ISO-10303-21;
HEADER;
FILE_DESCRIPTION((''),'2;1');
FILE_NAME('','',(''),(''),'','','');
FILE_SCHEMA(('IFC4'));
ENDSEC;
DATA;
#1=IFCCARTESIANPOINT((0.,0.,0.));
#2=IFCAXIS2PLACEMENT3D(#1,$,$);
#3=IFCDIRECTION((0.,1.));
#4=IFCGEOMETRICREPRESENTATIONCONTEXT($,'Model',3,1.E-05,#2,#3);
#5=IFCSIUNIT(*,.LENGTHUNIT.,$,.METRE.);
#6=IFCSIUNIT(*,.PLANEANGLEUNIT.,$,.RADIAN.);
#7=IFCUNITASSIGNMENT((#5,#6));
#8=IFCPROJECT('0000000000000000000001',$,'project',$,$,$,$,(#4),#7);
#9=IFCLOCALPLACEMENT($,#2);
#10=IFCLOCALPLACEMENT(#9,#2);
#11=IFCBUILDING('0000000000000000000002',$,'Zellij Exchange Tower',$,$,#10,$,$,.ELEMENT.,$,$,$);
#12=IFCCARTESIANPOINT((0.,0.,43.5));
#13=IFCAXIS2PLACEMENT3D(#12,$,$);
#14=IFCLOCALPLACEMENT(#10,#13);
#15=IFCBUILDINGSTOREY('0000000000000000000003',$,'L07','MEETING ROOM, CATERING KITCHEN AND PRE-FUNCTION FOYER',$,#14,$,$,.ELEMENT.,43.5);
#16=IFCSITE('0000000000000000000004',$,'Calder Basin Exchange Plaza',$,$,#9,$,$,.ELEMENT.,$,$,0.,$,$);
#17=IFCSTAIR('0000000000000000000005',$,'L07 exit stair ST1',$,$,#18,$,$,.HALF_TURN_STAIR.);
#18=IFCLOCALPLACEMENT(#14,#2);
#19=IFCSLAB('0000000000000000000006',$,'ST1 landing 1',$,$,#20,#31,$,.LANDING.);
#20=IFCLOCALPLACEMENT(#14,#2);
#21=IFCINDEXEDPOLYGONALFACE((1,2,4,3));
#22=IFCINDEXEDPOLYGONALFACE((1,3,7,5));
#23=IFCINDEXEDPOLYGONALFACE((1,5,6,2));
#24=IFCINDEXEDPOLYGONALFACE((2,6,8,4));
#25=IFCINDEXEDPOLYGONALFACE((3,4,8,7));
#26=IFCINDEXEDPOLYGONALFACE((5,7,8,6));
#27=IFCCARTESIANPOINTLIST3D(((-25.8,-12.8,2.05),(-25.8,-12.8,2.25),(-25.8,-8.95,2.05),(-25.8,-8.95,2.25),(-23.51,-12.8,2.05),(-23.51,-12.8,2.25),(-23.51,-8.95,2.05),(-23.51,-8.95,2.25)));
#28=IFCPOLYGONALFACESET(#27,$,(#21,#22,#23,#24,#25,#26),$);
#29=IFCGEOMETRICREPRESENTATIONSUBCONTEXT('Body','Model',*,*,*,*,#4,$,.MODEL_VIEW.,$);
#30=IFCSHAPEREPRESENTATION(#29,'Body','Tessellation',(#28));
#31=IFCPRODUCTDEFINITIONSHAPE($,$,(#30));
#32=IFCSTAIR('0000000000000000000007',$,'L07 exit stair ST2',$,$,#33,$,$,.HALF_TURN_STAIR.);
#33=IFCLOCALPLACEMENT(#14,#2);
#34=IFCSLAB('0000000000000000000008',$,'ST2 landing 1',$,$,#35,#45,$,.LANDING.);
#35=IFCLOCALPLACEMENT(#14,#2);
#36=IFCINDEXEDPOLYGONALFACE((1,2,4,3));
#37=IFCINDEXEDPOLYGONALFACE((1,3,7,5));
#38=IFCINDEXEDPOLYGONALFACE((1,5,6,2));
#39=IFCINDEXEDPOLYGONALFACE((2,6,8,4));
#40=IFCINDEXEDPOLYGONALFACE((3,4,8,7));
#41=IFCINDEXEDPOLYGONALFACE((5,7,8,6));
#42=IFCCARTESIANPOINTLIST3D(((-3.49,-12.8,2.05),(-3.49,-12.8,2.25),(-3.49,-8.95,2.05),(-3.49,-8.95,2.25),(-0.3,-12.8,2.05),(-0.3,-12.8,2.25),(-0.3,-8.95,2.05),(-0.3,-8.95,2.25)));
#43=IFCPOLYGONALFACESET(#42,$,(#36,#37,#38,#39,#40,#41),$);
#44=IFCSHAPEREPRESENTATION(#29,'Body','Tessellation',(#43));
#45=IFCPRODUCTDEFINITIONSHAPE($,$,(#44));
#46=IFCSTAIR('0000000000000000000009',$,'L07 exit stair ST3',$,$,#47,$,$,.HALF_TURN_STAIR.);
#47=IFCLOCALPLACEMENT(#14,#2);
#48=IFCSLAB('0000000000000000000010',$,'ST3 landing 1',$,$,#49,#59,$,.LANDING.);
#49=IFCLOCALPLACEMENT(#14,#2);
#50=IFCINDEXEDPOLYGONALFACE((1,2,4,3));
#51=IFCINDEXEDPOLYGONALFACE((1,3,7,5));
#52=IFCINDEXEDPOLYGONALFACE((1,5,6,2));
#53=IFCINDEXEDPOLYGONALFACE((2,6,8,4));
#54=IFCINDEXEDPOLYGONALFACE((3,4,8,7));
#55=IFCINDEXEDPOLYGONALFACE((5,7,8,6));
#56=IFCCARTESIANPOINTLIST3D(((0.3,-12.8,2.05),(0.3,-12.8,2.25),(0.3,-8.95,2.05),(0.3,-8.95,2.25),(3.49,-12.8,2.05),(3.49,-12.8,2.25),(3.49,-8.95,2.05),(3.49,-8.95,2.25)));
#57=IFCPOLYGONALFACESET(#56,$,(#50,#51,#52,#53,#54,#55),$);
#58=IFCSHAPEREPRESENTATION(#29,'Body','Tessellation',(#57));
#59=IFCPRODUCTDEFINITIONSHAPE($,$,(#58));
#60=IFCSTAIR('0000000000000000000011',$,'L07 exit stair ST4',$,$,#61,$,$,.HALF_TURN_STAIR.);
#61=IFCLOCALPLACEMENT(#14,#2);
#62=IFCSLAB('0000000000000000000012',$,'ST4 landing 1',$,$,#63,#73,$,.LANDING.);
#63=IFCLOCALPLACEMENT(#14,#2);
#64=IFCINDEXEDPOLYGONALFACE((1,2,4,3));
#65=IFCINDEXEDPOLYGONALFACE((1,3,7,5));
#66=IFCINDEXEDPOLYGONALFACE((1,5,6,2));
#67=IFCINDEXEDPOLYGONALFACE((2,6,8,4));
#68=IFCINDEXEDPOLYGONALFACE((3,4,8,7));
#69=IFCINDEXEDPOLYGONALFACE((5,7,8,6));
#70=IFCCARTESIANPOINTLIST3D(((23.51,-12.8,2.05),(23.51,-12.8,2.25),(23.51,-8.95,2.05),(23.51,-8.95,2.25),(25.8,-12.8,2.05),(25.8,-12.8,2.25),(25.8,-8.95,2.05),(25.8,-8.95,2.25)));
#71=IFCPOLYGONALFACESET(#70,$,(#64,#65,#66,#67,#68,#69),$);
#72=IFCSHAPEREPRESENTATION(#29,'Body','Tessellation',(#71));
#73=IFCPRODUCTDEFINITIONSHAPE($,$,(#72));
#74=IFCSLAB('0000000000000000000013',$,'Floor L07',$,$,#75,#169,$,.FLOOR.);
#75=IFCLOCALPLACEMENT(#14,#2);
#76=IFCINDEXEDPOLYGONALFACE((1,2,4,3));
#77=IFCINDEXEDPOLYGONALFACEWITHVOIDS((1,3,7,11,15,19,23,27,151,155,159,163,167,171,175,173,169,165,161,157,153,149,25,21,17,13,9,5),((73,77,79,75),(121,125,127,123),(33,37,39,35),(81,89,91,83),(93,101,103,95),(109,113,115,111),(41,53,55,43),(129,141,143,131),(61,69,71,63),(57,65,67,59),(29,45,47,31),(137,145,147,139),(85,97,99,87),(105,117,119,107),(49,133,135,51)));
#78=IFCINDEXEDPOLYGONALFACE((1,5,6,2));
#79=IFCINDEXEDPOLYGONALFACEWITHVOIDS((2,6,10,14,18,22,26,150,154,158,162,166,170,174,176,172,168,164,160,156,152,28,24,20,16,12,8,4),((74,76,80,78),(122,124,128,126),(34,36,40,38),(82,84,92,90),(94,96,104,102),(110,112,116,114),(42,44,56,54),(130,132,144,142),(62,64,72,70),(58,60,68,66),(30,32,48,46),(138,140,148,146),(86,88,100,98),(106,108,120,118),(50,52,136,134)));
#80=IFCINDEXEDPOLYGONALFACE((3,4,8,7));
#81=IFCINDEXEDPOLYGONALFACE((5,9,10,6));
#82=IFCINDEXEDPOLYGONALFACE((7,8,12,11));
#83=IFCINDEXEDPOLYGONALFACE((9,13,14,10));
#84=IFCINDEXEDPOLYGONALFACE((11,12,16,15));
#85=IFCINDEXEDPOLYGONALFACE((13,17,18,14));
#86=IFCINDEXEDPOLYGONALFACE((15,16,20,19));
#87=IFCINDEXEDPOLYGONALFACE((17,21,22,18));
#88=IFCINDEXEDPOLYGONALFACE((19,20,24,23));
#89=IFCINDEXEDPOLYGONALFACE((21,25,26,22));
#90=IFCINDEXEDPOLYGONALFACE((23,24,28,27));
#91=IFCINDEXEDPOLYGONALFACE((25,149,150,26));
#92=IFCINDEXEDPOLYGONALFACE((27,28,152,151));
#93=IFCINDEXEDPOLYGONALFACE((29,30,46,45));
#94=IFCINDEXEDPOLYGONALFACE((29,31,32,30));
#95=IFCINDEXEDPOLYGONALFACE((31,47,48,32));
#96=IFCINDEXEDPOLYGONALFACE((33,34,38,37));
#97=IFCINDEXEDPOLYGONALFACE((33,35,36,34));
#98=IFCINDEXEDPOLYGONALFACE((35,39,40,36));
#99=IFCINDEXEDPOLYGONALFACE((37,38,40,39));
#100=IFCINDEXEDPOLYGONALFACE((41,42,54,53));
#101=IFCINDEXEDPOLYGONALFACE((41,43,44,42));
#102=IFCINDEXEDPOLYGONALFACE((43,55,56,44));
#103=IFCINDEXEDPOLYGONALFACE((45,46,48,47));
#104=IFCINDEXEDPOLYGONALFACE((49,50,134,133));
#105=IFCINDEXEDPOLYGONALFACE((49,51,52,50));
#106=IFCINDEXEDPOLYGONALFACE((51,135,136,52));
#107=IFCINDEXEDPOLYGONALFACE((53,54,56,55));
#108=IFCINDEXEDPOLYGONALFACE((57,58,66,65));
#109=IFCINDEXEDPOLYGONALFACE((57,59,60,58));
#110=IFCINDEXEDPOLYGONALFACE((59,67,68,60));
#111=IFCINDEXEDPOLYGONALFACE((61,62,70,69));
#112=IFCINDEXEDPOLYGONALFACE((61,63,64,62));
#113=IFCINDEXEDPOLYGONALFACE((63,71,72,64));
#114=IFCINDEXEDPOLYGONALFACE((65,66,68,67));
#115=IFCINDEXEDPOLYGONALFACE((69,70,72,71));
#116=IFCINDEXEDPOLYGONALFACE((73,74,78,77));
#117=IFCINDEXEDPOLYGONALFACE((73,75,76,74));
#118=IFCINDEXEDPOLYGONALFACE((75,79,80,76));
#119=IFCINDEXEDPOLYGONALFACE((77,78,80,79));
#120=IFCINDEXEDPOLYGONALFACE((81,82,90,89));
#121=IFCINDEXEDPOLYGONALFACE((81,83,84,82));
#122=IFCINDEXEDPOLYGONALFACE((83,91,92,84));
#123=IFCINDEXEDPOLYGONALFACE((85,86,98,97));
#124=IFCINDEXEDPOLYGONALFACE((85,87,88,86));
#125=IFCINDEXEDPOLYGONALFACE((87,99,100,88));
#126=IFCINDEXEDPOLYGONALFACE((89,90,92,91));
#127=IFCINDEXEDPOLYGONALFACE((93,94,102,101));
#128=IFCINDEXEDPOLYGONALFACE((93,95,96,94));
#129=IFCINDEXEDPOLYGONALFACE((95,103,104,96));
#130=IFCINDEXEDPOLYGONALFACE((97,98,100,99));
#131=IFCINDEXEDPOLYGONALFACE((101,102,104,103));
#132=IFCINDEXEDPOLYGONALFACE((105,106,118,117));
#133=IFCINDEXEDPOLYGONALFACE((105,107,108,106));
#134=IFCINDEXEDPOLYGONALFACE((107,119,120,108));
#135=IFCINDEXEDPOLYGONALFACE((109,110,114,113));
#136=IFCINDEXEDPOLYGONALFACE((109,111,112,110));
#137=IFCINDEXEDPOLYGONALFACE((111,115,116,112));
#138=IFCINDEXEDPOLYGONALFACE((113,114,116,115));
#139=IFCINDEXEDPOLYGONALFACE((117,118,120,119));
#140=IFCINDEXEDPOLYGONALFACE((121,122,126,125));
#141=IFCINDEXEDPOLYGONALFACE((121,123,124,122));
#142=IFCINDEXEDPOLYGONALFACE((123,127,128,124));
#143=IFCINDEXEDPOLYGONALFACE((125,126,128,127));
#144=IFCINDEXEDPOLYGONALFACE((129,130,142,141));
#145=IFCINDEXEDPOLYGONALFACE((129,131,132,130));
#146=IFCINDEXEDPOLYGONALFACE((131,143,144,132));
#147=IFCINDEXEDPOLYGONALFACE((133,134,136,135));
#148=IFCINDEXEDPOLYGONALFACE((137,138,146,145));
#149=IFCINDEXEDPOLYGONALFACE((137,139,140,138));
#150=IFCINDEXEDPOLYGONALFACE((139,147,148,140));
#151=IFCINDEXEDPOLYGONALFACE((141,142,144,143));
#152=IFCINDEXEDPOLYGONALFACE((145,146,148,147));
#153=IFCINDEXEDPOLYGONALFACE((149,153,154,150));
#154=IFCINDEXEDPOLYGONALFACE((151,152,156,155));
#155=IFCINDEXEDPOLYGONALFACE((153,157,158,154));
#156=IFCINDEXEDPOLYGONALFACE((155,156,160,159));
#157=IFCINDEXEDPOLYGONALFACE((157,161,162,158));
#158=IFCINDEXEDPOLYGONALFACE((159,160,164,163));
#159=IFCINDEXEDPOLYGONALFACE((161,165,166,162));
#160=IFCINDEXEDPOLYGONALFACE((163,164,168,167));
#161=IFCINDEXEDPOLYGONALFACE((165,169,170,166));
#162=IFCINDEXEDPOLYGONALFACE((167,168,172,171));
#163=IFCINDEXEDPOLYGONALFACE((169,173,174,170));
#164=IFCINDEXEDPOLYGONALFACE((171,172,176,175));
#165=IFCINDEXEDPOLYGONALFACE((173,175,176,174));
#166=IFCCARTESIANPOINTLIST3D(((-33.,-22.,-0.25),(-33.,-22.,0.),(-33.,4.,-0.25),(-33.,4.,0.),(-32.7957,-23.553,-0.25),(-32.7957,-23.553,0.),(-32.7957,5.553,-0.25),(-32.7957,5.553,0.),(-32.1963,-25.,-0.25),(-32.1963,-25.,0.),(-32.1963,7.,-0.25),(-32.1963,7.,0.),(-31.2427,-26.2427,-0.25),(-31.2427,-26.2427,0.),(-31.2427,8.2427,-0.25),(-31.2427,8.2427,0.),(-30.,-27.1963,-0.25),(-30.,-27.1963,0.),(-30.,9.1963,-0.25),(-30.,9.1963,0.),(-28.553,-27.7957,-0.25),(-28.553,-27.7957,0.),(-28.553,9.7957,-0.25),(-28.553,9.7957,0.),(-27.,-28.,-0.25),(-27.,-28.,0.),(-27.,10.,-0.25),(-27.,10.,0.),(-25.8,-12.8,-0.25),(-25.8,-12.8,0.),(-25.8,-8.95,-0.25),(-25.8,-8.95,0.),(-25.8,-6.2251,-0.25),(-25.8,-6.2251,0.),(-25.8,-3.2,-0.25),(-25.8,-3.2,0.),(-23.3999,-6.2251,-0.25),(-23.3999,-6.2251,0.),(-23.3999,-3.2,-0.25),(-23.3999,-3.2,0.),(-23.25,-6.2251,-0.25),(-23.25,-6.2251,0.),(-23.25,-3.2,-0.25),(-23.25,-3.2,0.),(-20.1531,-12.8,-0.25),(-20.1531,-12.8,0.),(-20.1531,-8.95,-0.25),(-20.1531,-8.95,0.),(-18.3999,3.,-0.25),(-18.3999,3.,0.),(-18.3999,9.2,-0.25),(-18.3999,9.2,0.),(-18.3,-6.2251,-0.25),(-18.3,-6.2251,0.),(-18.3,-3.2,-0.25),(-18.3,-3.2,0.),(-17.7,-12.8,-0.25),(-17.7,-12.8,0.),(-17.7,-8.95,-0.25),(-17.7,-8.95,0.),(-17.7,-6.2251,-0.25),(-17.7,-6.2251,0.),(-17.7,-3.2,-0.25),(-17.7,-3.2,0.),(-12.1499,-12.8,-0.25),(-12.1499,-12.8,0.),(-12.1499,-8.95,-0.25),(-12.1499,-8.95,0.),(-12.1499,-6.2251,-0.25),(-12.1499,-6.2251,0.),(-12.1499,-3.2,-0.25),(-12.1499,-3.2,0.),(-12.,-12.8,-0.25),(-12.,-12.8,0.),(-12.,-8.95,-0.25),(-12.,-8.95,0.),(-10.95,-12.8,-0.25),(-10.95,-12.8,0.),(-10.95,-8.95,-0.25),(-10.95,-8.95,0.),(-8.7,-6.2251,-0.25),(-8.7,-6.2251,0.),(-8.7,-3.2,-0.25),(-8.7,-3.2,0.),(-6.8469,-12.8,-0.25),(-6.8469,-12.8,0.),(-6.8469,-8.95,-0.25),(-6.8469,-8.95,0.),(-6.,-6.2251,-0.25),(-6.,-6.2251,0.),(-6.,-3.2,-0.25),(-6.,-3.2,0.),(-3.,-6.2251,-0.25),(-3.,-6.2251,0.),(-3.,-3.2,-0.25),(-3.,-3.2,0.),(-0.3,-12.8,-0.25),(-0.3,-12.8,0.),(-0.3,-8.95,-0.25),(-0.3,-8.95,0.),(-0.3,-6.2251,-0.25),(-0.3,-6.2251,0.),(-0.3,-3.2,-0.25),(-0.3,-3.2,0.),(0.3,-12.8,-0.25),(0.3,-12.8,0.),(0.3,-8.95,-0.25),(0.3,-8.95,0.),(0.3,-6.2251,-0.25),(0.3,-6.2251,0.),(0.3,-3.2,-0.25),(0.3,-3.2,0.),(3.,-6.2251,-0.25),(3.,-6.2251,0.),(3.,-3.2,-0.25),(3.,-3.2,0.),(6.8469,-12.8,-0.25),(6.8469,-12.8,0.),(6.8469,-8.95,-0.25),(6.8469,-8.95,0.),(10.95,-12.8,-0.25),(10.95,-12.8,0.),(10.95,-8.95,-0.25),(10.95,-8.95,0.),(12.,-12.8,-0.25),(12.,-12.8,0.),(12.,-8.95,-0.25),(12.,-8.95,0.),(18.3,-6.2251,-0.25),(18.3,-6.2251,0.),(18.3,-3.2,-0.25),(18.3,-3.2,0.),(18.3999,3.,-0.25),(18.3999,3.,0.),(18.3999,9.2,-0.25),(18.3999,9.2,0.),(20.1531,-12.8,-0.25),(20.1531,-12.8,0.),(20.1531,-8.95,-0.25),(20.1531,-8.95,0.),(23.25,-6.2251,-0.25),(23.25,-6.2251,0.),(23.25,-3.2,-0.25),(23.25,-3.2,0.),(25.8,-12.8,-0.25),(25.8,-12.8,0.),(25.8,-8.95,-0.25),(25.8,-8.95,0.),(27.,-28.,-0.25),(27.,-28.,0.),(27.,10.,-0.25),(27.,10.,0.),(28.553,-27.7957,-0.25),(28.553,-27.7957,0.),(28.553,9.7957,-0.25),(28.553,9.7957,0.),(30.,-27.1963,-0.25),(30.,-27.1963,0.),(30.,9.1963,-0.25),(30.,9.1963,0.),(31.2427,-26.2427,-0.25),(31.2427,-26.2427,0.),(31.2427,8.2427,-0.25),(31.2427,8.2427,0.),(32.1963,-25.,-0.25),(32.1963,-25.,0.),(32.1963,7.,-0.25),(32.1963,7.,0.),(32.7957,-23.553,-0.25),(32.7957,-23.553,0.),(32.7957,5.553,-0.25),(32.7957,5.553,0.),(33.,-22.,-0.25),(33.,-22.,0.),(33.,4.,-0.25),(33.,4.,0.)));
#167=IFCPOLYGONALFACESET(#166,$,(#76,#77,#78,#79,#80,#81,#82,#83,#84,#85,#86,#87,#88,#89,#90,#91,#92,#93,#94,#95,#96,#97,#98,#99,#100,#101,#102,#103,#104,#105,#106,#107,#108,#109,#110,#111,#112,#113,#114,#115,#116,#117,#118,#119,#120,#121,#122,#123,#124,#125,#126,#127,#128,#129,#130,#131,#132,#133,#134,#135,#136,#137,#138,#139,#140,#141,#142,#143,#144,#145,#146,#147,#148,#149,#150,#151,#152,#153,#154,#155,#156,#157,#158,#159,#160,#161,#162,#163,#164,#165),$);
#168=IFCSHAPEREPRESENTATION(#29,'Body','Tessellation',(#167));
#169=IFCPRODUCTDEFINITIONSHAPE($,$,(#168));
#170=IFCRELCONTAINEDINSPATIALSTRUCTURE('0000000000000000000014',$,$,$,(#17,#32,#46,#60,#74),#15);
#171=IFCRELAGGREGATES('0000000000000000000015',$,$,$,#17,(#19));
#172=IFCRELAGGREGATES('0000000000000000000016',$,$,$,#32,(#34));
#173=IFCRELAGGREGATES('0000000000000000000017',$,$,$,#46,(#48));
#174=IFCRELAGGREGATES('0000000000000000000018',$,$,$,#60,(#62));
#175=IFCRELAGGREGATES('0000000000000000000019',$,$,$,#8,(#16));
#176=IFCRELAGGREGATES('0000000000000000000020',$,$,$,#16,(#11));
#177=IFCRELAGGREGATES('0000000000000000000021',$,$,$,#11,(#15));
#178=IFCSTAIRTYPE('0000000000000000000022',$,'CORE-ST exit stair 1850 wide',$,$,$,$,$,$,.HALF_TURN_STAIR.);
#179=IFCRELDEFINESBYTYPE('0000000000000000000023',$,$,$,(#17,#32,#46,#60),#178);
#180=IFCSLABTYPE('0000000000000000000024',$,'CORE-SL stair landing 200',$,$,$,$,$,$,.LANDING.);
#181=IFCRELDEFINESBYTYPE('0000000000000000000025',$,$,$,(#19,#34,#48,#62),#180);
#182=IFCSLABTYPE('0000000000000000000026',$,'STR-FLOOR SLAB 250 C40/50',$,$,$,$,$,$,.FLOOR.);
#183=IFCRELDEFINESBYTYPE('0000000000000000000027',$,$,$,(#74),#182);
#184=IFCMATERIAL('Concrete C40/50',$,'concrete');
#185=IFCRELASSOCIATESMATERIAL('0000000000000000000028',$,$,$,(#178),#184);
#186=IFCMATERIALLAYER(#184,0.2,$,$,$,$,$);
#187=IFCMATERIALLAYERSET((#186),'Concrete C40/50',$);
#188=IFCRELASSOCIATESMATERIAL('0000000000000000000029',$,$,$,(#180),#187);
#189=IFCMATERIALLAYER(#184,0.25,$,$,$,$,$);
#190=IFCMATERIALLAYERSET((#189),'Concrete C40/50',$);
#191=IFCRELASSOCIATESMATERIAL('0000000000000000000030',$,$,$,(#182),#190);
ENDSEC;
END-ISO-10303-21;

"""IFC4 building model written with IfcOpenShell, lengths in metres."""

from ifc_helpers import new_model, si_unit, direction, frame, origin, place, context, subcontext, project, spatial, polyline, outline, extrude, material, layer, layer_set, type_object, element, aggregate, save


model = new_model("IFC4")

# Units and contexts
model_context = context("Model", 3, precision=1e-05, world=origin(), true_north=direction((0.0, 1.0)))
body_context = subcontext(model_context, "Body", "Model", "MODEL_VIEW")
ifc_project = project(units=[si_unit("LENGTHUNIT", "METRE"), si_unit("PLANEANGLEUNIT", "RADIAN")], contexts=[model_context])

# Site, building, storey
site_placement = place(None, origin())
site = spatial("IfcSite", under=ifc_project, at=site_placement, Name="Calder Basin Exchange Plaza", CompositionType="ELEMENT", RefElevation=0.0)
building_placement = place(site_placement, origin())
building = spatial("IfcBuilding", under=site, at=building_placement, Name="Zellij Exchange Tower", CompositionType="ELEMENT")
storey_placement = place(building_placement, frame((0.0, 0.0, 43.5)))
storey = spatial("IfcBuildingStorey", under=building, at=storey_placement, Name="L07", Description="MEETING ROOM, CATERING KITCHEN AND PRE-FUNCTION FOYER", CompositionType="ELEMENT", Elevation=43.5)

# Stairs, slabs
ifc_material_1 = material(Name="Concrete C40/50", Category="concrete")
stair_type = type_object("IfcStairType", Name="CORE-ST exit stair 1850 wide", PredefinedType="HALF_TURN_STAIR", material=ifc_material_1)
stair_1_placement = place(storey_placement, origin())
stair_1 = element("IfcStair", 1, at=stair_1_placement, inside=storey, type_object=stair_type, Name="L07 exit stair ST1", PredefinedType="HALF_TURN_STAIR")
ifc_layer_1 = layer(ifc_material_1, 0.2)
ifc_layer_set_1 = layer_set([ifc_layer_1], Name="Concrete C40/50")
slab_type_1 = type_object("IfcSlabType", Name="CORE-SL stair landing 200", PredefinedType="LANDING", material=ifc_layer_set_1)
slab_1_placement = place(storey_placement, frame((0.0, 0.0, 2.05)))
slab_1 = element("IfcSlab", 2, at=slab_1_placement, type_object=slab_type_1, Name="ST1 landing 1", PredefinedType="LANDING", context=body_context, shape_type="SweptSolid", body=[
    extrude(outline(polyline([(-23.51, -8.95), (-25.8, -8.95), (-25.8, -12.8), (-23.51, -12.8), (-23.51, -8.95)])), origin(), (0.0, 0.0, 1.0), 0.2),
])
aggregate(stair_1, [slab_1])
stair_2_placement = place(storey_placement, origin())
stair_2 = element("IfcStair", 3, at=stair_2_placement, inside=storey, type_object=stair_type, Name="L07 exit stair ST2", PredefinedType="HALF_TURN_STAIR")
slab_2_placement = place(storey_placement, frame((0.0, 0.0, 2.05)))
slab_2 = element("IfcSlab", 4, at=slab_2_placement, type_object=slab_type_1, Name="ST2 landing 1", PredefinedType="LANDING", context=body_context, shape_type="SweptSolid", body=[
    extrude(outline(polyline([(-3.49, -12.8), (-0.3, -12.8), (-0.3, -8.95), (-3.49, -8.95), (-3.49, -12.8)])), origin(), (0.0, 0.0, 1.0), 0.2),
])
aggregate(stair_2, [slab_2])
stair_3_placement = place(storey_placement, origin())
stair_3 = element("IfcStair", 5, at=stair_3_placement, inside=storey, type_object=stair_type, Name="L07 exit stair ST3", PredefinedType="HALF_TURN_STAIR")
slab_3_placement = place(storey_placement, frame((0.0, 0.0, 2.05)))
slab_3 = element("IfcSlab", 6, at=slab_3_placement, type_object=slab_type_1, Name="ST3 landing 1", PredefinedType="LANDING", context=body_context, shape_type="SweptSolid", body=[
    extrude(outline(polyline([(3.49, -8.95), (0.3, -8.95), (0.3, -12.8), (3.49, -12.8), (3.49, -8.95)])), origin(), (0.0, 0.0, 1.0), 0.2),
])
aggregate(stair_3, [slab_3])
stair_4_placement = place(storey_placement, origin())
stair_4 = element("IfcStair", 7, at=stair_4_placement, inside=storey, type_object=stair_type, Name="L07 exit stair ST4", PredefinedType="HALF_TURN_STAIR")
slab_4_placement = place(storey_placement, frame((0.0, 0.0, 2.05)))
slab_4 = element("IfcSlab", 8, at=slab_4_placement, type_object=slab_type_1, Name="ST4 landing 1", PredefinedType="LANDING", context=body_context, shape_type="SweptSolid", body=[
    extrude(outline(polyline([(23.51, -12.8), (25.8, -12.8), (25.8, -8.95), (23.51, -8.95), (23.51, -12.8)])), origin(), (0.0, 0.0, 1.0), 0.2),
])
aggregate(stair_4, [slab_4])

# Slab
ifc_layer_2 = layer(ifc_material_1, 0.25)
ifc_layer_set_2 = layer_set([ifc_layer_2], Name="Concrete C40/50")
slab_type_2 = type_object("IfcSlabType", Name="STR-FLOOR SLAB 250 C40/50", PredefinedType="FLOOR", material=ifc_layer_set_2)
slab_5_placement = place(storey_placement, frame((0.0, 0.0, -0.25)))
element("IfcSlab", 9, at=slab_5_placement, inside=storey, type_object=slab_type_2, Name="Floor L07", PredefinedType="FLOOR", context=body_context, shape_type="SweptSolid", body=[
    extrude(outline(polyline([(-27.0, -28.0), (-28.553, -27.7957), (-30.0, -27.1963), (-31.2427, -26.2427), (-32.1963, -25.0), (-32.7957, -23.553), (-33.0, -22.0), (-33.0, 4.0), (-32.7957, 5.553), (-32.1963, 7.0), (-31.2427, 8.2427), (-30.0, 9.1963), (-28.553, 9.7957), (-27.0, 10.0), (27.0, 10.0), (28.553, 9.7957), (30.0, 9.1963), (31.2427, 8.2427), (32.1963, 7.0), (32.7957, 5.553), (33.0, 4.0), (33.0, -22.0), (32.7957, -23.553), (32.1963, -25.0), (31.2427, -26.2427), (30.0, -27.1963), (28.553, -27.7957), (27.0, -28.0), (-27.0, -28.0)]), holes=[polyline([(-25.8, -8.95), (-25.8, -12.8), (-20.1531, -12.8), (-20.1531, -8.95), (-25.8, -8.95)]), polyline([(-12.1499, -8.95), (-17.7, -8.95), (-17.7, -12.8), (-12.1499, -12.8), (-12.1499, -8.95)]), polyline([(-10.95, -8.95), (-12.0, -8.95), (-12.0, -12.8), (-10.95, -12.8), (-10.95, -8.95)]), polyline([(-0.3, -8.95), (-6.8469, -8.95), (-6.8469, -12.8), (-0.3, -12.8), (-0.3, -8.95)]), polyline([(-23.3999, -3.2), (-25.8, -3.2), (-25.8, -6.2251), (-23.3999, -6.2251), (-23.3999, -3.2)]), polyline([(-18.3, -3.2), (-23.25, -3.2), (-23.25, -6.2251), (-18.3, -6.2251), (-18.3, -3.2)]), polyline([(-12.1499, -3.2), (-17.7, -3.2), (-17.7, -6.2251), (-12.1499, -6.2251), (-12.1499, -3.2)]), polyline([(-6.0, -3.2), (-8.7, -3.2), (-8.7, -6.2251), (-6.0, -6.2251), (-6.0, -3.2)]), polyline([(6.8469, -8.95), (0.3, -8.95), (0.3, -12.8), (6.8469, -12.8), (6.8469, -8.95)]), polyline([(12.0, -8.95), (10.95, -8.95), (10.95, -12.8), (12.0, -12.8), (12.0, -8.95)]), polyline([(25.8, -8.95), (20.1531, -8.95), (20.1531, -12.8), (25.8, -12.8), (25.8, -8.95)]), polyline([(-0.3, -3.2), (-3.0, -3.2), (-3.0, -6.2251), (-0.3, -6.2251), (-0.3, -3.2)]), polyline([(3.0, -3.2), (0.3, -3.2), (0.3, -6.2251), (3.0, -6.2251), (3.0, -3.2)]), polyline([(23.25, -3.2), (18.3, -3.2), (18.3, -6.2251), (23.25, -6.2251), (23.25, -3.2)]), polyline([(18.3999, 9.2), (-18.3999, 9.2), (-18.3999, 3.0), (18.3999, 3.0), (18.3999, 9.2)])]), origin(), (0.0, 0.0, 1.0), 0.25),
])

save(model, "model.ifc")
